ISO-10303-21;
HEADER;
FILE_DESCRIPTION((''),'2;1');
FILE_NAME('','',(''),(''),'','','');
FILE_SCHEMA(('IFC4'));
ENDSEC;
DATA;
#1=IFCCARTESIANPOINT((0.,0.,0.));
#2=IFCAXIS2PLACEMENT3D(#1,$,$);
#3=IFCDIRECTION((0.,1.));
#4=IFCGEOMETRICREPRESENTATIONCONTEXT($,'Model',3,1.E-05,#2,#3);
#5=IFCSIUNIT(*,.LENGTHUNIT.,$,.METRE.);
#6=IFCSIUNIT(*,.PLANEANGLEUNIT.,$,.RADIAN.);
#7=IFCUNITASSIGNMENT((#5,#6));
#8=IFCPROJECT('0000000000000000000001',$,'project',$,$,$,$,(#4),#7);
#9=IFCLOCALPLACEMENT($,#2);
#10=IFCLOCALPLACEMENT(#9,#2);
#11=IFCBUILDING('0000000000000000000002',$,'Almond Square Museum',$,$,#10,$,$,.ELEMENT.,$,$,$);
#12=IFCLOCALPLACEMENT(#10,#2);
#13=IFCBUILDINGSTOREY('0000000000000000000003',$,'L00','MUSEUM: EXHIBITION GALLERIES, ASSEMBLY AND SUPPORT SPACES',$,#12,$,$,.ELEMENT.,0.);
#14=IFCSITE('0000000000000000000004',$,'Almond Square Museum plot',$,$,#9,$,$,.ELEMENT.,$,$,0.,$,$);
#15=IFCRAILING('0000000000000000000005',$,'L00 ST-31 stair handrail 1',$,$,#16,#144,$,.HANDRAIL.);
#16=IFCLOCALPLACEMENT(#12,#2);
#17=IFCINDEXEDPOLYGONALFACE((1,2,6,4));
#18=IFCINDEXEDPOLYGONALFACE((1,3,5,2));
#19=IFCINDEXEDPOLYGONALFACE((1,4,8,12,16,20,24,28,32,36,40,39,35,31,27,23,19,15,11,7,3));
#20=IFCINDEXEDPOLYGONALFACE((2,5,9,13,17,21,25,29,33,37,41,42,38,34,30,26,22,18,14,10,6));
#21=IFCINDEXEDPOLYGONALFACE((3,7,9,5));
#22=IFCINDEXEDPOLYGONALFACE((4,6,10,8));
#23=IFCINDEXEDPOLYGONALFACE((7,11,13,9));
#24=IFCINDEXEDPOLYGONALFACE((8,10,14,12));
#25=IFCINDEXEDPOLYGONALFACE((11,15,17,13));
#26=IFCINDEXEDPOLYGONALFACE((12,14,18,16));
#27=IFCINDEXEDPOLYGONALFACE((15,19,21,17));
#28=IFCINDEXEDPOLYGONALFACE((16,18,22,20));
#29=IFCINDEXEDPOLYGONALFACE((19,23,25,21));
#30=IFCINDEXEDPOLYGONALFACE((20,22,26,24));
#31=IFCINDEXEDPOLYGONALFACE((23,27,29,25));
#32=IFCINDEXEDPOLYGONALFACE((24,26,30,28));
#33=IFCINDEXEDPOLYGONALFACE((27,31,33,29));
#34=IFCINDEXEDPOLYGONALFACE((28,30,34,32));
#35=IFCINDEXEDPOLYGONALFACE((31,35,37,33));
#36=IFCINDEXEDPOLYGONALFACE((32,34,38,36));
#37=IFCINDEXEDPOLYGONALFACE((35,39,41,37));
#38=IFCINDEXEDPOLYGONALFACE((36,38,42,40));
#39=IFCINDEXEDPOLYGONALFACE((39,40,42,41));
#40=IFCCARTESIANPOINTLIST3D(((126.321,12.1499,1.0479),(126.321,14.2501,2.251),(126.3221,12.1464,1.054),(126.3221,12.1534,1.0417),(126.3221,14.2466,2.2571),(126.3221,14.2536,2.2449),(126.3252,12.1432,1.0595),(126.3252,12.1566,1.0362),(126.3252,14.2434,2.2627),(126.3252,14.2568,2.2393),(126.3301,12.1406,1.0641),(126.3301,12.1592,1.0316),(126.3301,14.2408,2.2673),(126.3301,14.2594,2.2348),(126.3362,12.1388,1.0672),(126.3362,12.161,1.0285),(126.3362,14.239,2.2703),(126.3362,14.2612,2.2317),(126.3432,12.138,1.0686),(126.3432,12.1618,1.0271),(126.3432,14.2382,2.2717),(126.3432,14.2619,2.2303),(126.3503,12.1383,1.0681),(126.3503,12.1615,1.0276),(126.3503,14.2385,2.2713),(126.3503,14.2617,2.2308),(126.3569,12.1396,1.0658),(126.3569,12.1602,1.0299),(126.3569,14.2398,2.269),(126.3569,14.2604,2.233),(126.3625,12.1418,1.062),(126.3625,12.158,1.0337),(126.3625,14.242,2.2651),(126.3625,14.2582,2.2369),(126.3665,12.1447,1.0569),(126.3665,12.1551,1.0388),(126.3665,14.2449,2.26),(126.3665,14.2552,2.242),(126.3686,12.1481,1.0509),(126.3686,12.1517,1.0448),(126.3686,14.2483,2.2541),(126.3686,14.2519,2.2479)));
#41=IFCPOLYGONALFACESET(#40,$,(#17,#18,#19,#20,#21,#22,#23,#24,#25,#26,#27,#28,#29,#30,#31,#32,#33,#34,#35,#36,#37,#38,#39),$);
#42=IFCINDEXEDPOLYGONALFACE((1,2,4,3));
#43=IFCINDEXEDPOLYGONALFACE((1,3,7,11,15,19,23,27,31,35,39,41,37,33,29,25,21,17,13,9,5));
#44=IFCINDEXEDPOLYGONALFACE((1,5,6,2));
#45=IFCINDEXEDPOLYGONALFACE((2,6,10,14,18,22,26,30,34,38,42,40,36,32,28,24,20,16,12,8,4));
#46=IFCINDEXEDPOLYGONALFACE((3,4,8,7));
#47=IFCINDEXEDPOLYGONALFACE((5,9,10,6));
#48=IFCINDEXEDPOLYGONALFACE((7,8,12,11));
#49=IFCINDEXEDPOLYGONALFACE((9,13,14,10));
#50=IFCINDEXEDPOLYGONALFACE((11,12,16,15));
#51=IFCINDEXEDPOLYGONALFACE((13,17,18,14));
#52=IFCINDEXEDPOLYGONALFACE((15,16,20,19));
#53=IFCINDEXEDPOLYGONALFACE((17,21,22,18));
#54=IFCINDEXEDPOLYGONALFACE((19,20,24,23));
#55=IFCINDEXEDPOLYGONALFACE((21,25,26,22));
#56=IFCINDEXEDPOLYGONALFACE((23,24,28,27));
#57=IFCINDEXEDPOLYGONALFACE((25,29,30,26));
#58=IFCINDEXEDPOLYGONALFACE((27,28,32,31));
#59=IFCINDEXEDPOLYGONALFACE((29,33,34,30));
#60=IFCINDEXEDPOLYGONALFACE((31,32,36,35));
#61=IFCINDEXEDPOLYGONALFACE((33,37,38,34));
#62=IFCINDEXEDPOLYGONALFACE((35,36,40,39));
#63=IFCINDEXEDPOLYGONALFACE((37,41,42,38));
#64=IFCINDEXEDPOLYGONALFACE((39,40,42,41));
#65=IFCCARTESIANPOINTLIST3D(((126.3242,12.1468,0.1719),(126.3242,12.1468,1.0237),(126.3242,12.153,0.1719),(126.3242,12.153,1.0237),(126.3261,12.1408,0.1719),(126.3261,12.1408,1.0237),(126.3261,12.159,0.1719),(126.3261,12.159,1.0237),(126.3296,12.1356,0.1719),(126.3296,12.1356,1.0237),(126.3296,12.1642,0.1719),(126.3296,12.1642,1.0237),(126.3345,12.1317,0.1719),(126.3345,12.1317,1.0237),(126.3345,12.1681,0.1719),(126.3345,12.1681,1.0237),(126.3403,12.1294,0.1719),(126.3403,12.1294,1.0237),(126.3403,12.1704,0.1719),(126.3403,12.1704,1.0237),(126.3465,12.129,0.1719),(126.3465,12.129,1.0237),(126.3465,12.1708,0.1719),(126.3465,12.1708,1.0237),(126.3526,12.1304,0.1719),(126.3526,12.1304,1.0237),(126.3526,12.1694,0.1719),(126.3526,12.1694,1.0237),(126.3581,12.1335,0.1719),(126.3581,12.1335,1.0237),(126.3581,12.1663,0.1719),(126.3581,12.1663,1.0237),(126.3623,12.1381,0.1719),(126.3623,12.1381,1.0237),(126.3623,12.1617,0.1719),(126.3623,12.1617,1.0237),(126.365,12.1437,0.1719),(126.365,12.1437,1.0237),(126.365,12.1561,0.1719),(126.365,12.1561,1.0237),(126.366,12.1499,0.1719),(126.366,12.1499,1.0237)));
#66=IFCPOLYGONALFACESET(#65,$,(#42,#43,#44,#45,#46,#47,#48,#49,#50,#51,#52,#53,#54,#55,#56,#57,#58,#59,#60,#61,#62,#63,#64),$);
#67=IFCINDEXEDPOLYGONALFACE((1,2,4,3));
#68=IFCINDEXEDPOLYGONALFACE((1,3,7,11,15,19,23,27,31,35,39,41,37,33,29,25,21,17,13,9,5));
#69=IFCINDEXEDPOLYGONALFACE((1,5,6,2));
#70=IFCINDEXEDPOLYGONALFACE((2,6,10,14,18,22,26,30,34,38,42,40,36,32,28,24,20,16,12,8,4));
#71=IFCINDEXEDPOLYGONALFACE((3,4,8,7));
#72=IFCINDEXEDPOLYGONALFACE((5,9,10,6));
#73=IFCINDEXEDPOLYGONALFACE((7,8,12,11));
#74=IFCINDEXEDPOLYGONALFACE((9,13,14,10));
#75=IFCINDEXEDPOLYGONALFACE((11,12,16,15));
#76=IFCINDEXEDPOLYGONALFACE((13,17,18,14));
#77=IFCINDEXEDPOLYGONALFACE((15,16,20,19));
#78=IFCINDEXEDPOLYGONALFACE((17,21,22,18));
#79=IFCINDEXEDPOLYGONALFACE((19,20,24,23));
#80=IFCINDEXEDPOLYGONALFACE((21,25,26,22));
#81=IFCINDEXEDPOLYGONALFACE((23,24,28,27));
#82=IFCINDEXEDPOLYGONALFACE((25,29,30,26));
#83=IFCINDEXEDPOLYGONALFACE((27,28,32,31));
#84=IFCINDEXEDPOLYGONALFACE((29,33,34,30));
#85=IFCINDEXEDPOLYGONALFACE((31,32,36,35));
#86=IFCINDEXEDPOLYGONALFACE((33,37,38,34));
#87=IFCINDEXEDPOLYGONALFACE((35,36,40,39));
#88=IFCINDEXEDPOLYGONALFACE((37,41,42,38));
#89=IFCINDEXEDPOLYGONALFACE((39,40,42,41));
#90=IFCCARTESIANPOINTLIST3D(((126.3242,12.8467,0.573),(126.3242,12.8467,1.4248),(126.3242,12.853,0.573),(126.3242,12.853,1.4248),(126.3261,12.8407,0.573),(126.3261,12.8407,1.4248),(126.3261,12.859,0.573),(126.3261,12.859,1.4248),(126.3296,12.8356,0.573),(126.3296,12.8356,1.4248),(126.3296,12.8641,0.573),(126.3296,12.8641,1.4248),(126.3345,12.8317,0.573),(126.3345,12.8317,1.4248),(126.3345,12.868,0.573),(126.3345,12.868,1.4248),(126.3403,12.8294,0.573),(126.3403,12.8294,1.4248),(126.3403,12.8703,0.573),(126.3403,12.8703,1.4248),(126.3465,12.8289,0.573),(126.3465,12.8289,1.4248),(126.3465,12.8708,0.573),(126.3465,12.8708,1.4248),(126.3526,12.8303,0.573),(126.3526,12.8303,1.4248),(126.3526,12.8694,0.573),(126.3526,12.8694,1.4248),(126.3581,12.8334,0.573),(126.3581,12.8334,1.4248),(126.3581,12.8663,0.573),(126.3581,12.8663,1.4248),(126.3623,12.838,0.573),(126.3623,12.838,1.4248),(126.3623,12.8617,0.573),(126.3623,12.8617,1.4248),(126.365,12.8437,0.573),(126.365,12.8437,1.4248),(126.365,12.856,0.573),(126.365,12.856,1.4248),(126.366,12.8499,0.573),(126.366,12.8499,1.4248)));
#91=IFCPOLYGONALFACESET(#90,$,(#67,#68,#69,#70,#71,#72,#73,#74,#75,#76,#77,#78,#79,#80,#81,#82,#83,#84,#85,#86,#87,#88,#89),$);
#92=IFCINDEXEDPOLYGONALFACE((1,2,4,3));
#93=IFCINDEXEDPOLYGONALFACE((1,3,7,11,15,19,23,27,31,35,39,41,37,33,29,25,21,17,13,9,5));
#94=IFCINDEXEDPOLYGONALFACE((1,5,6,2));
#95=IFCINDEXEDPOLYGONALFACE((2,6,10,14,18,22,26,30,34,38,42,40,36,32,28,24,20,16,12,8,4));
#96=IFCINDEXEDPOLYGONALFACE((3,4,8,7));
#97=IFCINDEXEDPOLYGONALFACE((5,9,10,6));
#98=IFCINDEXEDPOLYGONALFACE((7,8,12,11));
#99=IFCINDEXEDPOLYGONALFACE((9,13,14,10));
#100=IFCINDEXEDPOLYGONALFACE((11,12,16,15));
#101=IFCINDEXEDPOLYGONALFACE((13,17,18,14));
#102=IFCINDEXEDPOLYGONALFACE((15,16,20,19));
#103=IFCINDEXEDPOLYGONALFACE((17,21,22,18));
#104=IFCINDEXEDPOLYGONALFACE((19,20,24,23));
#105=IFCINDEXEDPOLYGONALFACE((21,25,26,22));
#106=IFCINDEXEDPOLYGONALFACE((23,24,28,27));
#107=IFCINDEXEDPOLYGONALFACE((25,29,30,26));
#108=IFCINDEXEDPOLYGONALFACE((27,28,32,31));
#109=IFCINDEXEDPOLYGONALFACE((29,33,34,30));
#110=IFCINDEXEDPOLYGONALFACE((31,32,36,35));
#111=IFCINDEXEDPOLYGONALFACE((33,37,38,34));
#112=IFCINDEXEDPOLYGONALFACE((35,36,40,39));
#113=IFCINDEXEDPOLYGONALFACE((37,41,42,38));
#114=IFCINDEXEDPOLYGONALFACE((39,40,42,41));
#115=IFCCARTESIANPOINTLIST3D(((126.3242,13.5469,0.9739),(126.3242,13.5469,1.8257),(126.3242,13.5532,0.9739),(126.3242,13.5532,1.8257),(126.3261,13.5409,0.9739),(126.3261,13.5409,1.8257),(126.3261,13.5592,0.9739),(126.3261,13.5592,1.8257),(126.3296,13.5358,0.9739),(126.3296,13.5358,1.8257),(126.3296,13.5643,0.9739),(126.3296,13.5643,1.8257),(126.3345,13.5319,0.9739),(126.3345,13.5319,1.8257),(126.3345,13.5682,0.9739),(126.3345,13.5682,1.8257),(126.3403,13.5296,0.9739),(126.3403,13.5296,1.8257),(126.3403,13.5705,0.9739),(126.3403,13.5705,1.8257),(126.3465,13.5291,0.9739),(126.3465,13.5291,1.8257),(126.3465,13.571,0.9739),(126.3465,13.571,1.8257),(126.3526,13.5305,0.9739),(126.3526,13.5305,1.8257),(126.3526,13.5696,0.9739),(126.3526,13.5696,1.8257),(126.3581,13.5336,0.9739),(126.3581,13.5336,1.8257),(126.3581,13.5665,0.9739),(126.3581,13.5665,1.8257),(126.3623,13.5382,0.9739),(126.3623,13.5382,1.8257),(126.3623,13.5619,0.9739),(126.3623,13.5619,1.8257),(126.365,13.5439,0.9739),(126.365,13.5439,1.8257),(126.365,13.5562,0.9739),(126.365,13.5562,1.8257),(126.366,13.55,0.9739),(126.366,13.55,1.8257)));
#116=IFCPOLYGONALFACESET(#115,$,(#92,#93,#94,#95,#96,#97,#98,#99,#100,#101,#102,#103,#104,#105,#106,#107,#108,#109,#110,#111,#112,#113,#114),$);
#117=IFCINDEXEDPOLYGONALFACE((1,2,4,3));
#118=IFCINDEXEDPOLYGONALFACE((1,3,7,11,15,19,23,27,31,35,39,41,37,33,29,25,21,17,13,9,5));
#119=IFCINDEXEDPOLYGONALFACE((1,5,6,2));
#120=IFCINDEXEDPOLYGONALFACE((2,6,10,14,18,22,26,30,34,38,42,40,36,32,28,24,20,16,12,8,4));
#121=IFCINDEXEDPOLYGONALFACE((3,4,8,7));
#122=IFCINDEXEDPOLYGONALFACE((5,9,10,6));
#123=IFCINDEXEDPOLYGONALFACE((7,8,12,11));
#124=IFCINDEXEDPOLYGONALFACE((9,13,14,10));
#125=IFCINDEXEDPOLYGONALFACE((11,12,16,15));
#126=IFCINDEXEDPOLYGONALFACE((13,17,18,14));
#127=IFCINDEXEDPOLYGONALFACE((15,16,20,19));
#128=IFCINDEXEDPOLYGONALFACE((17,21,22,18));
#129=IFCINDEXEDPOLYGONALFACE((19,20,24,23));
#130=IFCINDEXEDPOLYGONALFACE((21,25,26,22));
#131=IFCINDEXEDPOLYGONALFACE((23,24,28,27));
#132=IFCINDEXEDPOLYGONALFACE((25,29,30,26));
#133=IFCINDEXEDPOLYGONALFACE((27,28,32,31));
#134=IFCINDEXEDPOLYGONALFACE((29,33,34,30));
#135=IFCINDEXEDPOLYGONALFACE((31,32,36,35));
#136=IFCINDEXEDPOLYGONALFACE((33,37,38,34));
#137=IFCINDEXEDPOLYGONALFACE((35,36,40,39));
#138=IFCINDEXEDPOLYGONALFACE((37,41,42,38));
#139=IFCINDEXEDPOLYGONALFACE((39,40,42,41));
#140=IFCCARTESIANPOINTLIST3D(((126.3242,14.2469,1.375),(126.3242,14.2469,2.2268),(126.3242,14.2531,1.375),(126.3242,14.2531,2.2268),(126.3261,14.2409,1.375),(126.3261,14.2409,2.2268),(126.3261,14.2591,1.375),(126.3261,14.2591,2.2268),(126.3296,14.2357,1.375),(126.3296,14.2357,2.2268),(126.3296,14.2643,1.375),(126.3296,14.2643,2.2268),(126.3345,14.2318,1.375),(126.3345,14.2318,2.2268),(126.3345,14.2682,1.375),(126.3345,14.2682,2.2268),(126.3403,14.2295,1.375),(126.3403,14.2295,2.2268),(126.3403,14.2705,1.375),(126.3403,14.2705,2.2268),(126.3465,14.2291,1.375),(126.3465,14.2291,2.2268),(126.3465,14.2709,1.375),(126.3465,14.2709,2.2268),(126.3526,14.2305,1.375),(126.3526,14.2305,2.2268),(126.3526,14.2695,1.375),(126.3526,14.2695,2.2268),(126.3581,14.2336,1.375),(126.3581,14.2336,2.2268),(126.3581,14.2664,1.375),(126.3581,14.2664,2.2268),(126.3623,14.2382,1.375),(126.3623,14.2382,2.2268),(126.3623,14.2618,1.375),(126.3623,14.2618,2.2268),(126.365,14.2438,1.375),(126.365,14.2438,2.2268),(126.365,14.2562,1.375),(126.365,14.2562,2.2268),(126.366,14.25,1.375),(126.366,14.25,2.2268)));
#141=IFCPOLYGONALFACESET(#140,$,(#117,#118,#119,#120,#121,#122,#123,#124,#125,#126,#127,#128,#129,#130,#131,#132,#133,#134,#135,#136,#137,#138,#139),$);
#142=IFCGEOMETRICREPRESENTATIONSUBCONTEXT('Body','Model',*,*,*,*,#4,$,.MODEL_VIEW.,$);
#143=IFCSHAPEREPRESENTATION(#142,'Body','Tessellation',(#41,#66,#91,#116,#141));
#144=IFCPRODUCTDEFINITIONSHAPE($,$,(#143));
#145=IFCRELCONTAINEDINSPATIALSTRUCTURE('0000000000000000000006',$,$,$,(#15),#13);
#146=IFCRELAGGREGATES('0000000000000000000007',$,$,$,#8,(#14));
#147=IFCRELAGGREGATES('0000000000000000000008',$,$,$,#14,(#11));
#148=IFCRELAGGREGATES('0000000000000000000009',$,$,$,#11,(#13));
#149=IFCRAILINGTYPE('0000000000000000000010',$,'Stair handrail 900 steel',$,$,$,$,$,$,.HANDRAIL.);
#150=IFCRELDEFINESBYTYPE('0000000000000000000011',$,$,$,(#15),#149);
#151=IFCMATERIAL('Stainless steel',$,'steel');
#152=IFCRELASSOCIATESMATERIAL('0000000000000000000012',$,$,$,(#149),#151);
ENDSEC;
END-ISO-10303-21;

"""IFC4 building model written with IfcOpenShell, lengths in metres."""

from ifc_helpers import new_model, si_unit, direction, frame, origin, origin_2d, place, context, subcontext, project, spatial, circle, extrude, material, type_object, element, save


model = new_model("IFC4")

# Units and contexts
model_context = context("Model", 3, precision=1e-05, world=origin(), true_north=direction((0.0, 1.0)))
body_context = subcontext(model_context, "Body", "Model", "MODEL_VIEW")
ifc_project = project(units=[si_unit("LENGTHUNIT", "METRE"), si_unit("PLANEANGLEUNIT", "RADIAN")], contexts=[model_context])

# Site, building, storey
site_placement = place(None, origin())
site = spatial("IfcSite", under=ifc_project, at=site_placement, Name="Almond Square Museum plot", CompositionType="ELEMENT", RefElevation=0.0)
building_placement = place(site_placement, origin())
building = spatial("IfcBuilding", under=site, at=building_placement, Name="Almond Square Museum", CompositionType="ELEMENT")
storey_placement = place(building_placement, origin())
storey = spatial("IfcBuildingStorey", under=building, at=storey_placement, Name="L00", Description="MUSEUM: EXHIBITION GALLERIES, ASSEMBLY AND SUPPORT SPACES", CompositionType="ELEMENT", Elevation=0.0)

# Railing
ifc_material_1 = material(Name="Stainless steel", Category="steel")
railing_type_1 = type_object("IfcRailingType", Name="Stair handrail 900 steel", PredefinedType="HANDRAIL", material=ifc_material_1)
for number, where, name in (
    (1, (126.345, 12.1499, 0.1719), "L00 ST-31 stair handrail 1"),
):
    element("IfcRailing", number, at=place(storey_placement, frame(where)), inside=storey, type_object=railing_type_1, Name=name, PredefinedType="HANDRAIL", context=body_context, shape_type="SweptSolid", body=[
        extrude(circle(Radius=0.0239, at=origin_2d()), frame((0.0, 0.0, 0.876), z_axis=(0.0, 0.867696, 0.497095), x_axis=(-1.0, 0.0, 0.0)), (0.0, 0.0, 1.0), 2.4204),
        extrude(circle(Radius=0.021, at=origin_2d()), origin(), (0.0, 0.0, 1.0), 0.8518),
        extrude(circle(Radius=0.021, at=origin_2d()), frame((0.0, 0.7, 0.4011)), (0.0, 0.0, 1.0), 0.8518),
        extrude(circle(Radius=0.021, at=origin_2d()), frame((0.0, 1.4001, 0.802)), (0.0, 0.0, 1.0), 0.8518),
        extrude(circle(Radius=0.021, at=origin_2d()), frame((0.0, 2.1001, 1.2031)), (0.0, 0.0, 1.0), 0.8518),
    ])

save(model, "model.ifc")
